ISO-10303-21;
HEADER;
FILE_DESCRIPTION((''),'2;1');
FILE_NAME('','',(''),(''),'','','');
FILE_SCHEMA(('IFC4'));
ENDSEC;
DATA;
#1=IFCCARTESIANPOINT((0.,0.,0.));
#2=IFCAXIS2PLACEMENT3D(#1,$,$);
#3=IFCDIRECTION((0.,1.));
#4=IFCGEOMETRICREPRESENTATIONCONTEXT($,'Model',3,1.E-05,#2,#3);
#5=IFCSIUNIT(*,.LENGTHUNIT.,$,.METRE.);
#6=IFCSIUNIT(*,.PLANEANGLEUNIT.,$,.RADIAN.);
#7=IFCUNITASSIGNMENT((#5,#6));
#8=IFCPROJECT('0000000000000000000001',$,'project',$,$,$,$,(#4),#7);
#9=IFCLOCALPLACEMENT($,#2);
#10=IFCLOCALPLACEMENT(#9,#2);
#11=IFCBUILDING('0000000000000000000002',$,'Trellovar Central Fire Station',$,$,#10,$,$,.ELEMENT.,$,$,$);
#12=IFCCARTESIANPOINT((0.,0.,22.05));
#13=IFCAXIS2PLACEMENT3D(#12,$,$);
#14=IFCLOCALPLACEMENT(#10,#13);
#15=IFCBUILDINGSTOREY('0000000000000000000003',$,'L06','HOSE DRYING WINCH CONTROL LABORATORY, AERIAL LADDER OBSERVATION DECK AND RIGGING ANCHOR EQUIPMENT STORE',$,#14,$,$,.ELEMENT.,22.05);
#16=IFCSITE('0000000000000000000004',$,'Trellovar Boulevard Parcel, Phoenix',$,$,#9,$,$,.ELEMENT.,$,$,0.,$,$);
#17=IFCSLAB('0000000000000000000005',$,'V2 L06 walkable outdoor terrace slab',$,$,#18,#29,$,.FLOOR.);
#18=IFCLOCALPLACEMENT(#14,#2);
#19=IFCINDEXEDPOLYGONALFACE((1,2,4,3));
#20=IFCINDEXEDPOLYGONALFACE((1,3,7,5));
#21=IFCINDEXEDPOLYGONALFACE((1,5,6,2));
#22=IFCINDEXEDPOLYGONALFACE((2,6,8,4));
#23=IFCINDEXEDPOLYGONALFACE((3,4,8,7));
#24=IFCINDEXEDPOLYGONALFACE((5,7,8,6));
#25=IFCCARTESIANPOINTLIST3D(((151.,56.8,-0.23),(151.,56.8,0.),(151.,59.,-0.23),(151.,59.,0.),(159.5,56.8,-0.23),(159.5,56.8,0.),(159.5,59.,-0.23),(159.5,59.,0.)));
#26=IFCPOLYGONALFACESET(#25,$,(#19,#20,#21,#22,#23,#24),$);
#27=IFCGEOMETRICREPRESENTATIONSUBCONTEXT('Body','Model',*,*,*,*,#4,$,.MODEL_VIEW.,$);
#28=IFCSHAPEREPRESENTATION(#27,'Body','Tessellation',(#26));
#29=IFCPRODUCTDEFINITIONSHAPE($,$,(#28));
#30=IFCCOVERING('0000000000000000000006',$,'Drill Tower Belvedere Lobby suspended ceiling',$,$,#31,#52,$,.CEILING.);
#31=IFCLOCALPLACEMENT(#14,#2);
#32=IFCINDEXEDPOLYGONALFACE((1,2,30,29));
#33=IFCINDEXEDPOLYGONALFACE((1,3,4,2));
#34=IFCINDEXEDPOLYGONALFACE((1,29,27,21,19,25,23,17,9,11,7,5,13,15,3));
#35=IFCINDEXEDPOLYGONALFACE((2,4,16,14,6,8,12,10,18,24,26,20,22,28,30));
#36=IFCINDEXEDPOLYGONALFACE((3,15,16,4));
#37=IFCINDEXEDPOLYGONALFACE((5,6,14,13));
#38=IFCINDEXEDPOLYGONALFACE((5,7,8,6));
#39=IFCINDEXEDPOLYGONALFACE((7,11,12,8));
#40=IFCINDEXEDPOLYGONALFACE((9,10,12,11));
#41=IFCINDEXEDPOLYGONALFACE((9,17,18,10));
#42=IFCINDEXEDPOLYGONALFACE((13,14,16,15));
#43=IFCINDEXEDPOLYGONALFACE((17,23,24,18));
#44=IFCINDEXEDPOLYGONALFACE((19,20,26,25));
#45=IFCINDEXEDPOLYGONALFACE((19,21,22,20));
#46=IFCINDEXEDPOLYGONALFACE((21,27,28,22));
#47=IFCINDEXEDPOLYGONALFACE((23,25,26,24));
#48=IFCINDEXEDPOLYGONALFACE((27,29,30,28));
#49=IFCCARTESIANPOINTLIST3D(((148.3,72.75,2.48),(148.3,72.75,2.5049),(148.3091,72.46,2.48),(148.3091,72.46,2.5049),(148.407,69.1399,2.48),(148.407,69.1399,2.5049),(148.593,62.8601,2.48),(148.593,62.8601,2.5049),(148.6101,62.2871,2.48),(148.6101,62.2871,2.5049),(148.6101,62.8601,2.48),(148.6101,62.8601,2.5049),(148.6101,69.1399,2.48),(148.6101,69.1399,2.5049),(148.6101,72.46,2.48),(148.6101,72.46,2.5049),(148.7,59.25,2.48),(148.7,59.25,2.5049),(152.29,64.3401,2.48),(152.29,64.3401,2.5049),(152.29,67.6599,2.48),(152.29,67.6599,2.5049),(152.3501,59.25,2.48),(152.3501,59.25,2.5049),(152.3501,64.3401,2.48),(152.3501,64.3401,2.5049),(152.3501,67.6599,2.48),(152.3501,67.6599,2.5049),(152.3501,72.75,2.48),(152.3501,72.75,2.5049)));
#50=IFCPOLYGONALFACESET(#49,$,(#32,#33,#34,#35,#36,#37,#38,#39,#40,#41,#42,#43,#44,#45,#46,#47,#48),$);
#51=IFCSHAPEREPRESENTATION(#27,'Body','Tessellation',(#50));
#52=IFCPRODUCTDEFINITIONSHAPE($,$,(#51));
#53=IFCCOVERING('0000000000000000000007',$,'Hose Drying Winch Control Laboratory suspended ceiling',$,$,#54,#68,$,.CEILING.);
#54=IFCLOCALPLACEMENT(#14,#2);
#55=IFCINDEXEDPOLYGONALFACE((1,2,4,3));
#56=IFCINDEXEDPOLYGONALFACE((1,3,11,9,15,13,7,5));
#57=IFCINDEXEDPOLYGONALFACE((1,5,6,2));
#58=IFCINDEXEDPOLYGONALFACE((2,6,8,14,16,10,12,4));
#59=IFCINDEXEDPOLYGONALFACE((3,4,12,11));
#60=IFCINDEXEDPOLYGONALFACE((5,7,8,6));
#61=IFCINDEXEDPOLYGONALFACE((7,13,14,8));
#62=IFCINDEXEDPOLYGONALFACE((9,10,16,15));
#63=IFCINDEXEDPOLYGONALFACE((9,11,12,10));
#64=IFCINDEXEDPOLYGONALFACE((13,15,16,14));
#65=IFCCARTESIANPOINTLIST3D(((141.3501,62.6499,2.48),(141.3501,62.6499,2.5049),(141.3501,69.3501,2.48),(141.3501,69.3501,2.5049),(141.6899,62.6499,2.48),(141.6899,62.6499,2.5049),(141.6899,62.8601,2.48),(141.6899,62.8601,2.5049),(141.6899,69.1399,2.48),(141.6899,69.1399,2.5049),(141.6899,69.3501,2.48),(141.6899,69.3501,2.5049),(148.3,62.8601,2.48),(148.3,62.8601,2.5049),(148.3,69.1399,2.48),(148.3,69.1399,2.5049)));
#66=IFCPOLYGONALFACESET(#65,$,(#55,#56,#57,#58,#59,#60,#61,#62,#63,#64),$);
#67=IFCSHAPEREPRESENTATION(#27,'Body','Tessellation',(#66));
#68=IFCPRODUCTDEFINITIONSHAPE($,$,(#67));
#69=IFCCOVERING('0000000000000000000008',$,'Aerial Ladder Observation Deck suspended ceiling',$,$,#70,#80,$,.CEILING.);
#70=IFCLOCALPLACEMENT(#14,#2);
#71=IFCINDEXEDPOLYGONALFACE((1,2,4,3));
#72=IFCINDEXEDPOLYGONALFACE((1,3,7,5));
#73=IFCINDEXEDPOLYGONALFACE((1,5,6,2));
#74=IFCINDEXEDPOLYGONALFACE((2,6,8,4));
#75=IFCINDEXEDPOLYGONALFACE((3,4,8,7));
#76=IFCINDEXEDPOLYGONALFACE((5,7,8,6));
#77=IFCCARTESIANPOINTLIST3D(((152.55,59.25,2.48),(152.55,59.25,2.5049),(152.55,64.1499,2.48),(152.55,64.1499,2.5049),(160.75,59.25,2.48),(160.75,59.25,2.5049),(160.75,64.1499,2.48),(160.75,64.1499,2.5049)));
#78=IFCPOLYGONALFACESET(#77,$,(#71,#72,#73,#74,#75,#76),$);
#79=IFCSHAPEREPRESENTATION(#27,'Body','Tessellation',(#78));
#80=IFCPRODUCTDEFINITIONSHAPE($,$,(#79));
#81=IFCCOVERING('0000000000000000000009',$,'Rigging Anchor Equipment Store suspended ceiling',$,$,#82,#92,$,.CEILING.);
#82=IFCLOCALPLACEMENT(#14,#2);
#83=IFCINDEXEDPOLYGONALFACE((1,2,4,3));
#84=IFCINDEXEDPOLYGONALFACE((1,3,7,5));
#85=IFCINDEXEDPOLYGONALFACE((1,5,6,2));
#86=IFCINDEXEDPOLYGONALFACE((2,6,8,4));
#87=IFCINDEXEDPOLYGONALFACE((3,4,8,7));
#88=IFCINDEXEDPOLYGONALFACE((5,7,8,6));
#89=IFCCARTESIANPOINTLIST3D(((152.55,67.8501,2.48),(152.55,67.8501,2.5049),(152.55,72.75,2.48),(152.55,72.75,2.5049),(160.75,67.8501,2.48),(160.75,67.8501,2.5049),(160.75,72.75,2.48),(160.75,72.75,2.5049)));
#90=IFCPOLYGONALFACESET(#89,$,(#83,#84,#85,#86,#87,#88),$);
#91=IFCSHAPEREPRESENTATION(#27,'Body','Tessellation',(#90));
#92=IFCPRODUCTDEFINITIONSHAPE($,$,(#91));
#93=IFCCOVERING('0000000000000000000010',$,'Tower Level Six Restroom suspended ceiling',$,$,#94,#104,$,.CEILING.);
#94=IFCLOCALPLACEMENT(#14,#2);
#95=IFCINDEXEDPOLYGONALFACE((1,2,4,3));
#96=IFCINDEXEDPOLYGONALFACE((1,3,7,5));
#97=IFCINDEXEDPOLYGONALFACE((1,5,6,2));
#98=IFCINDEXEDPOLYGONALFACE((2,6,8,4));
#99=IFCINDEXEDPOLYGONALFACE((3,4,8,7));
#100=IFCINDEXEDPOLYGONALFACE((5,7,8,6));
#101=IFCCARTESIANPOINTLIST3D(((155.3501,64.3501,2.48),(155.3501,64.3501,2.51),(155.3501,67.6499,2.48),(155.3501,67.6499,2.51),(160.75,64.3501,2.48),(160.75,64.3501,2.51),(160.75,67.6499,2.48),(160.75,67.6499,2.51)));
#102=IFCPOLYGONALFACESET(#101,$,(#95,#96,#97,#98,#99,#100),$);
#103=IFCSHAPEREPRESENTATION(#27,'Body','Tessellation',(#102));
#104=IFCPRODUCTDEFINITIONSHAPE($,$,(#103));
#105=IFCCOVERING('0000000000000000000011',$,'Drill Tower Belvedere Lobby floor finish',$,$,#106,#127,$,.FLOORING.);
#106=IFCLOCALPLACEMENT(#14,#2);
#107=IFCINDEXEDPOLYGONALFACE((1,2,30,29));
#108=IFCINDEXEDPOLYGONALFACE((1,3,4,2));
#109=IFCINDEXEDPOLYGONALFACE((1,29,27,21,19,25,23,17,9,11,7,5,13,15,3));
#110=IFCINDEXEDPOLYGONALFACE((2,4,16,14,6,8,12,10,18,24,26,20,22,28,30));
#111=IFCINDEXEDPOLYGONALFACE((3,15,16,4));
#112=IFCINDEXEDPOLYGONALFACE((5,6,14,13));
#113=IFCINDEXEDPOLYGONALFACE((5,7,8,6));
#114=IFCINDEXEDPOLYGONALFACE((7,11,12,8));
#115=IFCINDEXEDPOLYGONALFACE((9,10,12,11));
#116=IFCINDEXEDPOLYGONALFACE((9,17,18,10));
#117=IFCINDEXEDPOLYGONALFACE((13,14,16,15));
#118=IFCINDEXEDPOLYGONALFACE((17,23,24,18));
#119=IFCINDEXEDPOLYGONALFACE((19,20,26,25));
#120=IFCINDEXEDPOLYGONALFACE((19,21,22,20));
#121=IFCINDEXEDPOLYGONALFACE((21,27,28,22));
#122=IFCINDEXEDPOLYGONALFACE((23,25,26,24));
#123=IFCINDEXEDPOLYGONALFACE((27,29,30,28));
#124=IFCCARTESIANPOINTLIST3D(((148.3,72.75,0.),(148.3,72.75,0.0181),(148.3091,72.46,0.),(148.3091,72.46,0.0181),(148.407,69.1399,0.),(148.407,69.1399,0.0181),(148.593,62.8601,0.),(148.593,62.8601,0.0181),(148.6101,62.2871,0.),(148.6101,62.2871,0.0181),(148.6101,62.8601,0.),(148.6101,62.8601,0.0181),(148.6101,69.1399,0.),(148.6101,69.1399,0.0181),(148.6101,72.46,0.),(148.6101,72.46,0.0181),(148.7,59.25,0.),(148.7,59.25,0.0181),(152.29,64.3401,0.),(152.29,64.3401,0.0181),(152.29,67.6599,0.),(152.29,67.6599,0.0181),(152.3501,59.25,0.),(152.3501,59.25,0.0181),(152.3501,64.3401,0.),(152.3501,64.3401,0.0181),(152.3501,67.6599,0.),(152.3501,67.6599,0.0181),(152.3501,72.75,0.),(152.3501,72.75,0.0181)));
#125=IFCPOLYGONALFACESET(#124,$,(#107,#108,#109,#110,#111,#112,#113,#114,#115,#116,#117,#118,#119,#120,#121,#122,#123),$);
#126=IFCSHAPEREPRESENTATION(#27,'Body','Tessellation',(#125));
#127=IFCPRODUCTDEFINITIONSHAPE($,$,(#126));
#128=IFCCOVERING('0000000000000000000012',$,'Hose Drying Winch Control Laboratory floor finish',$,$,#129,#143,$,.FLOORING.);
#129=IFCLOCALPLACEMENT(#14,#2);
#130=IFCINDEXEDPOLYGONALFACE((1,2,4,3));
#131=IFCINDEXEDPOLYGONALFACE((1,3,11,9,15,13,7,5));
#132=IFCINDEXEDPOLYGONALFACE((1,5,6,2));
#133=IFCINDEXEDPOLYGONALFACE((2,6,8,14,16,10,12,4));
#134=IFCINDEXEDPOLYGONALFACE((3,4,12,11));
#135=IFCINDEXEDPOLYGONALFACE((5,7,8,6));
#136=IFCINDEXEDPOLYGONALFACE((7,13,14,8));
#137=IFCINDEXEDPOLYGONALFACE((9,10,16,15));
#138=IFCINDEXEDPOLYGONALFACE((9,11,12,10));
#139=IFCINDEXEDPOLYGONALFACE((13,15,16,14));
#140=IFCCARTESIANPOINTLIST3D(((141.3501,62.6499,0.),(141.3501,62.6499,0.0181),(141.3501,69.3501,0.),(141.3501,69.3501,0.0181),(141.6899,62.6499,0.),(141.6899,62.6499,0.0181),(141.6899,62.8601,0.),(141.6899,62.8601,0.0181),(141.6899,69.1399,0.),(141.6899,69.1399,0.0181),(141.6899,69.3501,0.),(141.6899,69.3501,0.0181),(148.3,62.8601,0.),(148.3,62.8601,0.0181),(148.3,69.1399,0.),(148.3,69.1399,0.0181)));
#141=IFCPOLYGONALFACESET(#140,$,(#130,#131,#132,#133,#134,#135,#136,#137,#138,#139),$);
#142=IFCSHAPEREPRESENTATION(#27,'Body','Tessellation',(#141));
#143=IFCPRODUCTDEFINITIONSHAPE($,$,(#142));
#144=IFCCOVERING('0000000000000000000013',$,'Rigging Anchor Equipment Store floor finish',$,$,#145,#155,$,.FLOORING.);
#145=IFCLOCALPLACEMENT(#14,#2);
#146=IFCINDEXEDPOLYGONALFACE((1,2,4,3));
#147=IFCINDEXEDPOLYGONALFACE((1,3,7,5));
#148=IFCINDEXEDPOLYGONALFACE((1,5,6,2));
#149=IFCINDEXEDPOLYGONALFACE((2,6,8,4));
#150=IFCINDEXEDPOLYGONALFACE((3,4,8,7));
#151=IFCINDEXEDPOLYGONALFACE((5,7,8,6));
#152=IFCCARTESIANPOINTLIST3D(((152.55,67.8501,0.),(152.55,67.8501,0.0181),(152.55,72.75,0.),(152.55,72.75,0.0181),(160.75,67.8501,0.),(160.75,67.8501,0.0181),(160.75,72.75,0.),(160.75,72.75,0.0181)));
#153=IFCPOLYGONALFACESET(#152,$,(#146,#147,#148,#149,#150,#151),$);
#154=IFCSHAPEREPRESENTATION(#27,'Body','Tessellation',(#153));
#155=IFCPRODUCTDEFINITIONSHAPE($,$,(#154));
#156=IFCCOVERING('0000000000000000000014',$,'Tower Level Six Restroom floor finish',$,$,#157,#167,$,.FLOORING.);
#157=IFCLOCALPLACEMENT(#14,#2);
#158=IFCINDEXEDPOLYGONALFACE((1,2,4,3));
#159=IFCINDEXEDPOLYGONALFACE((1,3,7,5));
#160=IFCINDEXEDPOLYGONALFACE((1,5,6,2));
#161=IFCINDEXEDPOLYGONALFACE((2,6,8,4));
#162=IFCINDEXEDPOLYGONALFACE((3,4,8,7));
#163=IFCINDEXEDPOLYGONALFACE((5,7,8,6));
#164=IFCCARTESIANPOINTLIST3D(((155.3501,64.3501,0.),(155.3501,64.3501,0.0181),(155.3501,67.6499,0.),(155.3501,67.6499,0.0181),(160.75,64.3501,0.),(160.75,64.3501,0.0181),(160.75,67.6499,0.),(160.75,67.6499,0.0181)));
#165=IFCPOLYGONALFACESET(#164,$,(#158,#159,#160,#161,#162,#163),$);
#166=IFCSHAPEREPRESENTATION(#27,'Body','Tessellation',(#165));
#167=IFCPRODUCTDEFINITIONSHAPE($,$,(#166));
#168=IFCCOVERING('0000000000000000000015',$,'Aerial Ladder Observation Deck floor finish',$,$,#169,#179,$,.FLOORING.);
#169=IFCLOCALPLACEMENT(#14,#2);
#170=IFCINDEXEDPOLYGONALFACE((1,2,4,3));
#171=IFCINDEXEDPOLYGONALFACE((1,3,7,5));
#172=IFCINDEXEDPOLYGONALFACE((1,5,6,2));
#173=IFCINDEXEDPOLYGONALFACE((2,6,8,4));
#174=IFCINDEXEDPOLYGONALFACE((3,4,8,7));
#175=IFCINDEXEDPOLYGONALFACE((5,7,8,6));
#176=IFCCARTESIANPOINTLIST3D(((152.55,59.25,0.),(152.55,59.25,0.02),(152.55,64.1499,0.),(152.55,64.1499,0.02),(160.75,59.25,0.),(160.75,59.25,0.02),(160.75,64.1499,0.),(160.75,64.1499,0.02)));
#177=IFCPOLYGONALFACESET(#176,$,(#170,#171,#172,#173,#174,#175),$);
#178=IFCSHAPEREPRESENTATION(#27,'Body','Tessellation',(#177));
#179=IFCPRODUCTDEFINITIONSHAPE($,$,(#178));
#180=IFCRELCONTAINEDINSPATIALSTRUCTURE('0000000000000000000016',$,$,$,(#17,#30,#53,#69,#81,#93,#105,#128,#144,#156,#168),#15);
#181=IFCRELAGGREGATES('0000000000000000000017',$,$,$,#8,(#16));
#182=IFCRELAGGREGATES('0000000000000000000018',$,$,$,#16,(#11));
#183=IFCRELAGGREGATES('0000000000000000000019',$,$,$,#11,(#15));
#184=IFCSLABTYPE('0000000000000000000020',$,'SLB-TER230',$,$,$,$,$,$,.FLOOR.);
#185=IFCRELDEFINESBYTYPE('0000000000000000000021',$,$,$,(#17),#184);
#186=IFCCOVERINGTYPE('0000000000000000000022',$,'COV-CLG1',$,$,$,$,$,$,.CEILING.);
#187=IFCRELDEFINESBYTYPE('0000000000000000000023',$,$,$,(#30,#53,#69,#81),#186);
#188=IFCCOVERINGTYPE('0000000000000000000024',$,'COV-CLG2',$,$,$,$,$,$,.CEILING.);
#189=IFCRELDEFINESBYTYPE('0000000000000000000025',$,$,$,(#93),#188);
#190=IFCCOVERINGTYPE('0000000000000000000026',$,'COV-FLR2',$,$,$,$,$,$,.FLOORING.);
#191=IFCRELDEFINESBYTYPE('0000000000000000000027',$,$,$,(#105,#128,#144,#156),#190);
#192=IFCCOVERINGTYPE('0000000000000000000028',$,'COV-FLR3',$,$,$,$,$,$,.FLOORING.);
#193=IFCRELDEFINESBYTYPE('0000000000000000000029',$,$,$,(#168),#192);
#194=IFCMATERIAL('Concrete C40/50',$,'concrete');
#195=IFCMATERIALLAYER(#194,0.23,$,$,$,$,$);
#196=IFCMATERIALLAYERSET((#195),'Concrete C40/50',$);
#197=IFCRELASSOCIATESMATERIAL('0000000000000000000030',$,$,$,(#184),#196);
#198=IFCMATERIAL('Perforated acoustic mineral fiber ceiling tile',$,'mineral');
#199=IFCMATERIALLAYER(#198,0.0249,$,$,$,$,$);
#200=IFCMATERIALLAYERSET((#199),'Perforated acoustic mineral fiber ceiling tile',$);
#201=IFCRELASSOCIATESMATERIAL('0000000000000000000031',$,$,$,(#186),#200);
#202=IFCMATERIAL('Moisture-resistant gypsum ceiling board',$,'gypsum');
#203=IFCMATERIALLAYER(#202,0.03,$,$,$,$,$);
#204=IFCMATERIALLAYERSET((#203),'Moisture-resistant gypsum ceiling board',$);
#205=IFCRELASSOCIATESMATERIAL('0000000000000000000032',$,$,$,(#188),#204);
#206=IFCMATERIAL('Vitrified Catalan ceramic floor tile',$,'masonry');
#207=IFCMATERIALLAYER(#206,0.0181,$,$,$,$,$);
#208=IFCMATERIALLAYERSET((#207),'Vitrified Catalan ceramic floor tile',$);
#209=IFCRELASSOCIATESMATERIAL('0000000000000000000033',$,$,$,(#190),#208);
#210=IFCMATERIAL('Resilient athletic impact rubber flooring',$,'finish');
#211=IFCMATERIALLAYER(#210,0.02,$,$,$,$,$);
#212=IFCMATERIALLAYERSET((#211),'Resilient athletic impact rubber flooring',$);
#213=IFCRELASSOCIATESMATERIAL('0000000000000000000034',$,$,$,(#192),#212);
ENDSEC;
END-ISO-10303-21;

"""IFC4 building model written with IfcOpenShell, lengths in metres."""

from ifc_helpers import new_model, si_unit, direction, frame, origin, place, context, subcontext, project, spatial, polyline, outline, extrude, material, layer, layer_set, type_object, element, save


model = new_model("IFC4")

# Units and contexts
model_context = context("Model", 3, precision=1e-05, world=origin(), true_north=direction((0.0, 1.0)))
body_context = subcontext(model_context, "Body", "Model", "MODEL_VIEW")
ifc_project = project(units=[si_unit("LENGTHUNIT", "METRE"), si_unit("PLANEANGLEUNIT", "RADIAN")], contexts=[model_context])

# Site, building, storey
site_placement = place(None, origin())
site = spatial("IfcSite", under=ifc_project, at=site_placement, Name="Trellovar Boulevard Parcel, Phoenix", CompositionType="ELEMENT", RefElevation=0.0)
building_placement = place(site_placement, origin())
building = spatial("IfcBuilding", under=site, at=building_placement, Name="Trellovar Central Fire Station", CompositionType="ELEMENT")
storey_placement = place(building_placement, frame((0.0, 0.0, 22.05)))
storey = spatial("IfcBuildingStorey", under=building, at=storey_placement, Name="L06", Description="HOSE DRYING WINCH CONTROL LABORATORY, AERIAL LADDER OBSERVATION DECK AND RIGGING ANCHOR EQUIPMENT STORE", CompositionType="ELEMENT", Elevation=22.05)

# Slab
ifc_material_1 = material(Name="Concrete C40/50", Category="concrete")
ifc_layer_1 = layer(ifc_material_1, 0.23)
ifc_layer_set_1 = layer_set([ifc_layer_1], Name="Concrete C40/50")
slab_type_1 = type_object("IfcSlabType", Name="SLB-TER230", PredefinedType="FLOOR", material=ifc_layer_set_1)
slab_1_placement = place(storey_placement, frame((0.0, 0.0, -0.23)))
element("IfcSlab", 1, at=slab_1_placement, inside=storey, type_object=slab_type_1, Name="V2 L06 walkable outdoor terrace slab", PredefinedType="FLOOR", context=body_context, shape_type="SweptSolid", body=[
    extrude(outline(polyline([(151.0, 56.8), (159.5, 56.8), (159.5, 59.0), (151.0, 59.0), (151.0, 56.8)])), origin(), (0.0, 0.0, 1.0), 0.23),
])

# Coverings
ifc_material_2 = material(Name="Perforated acoustic mineral fiber ceiling tile", Category="mineral")
ifc_layer_2 = layer(ifc_material_2, 0.0249)
ifc_layer_set_2 = layer_set([ifc_layer_2], Name="Perforated acoustic mineral fiber ceiling tile")
covering_type_1 = type_object("IfcCoveringType", Name="COV-CLG1", PredefinedType="CEILING", material=ifc_layer_set_2)
covering_1_placement = place(storey_placement, frame((0.0, 0.0, 2.48)))
element("IfcCovering", 2, at=covering_1_placement, inside=storey, type_object=covering_type_1, Name="Drill Tower Belvedere Lobby suspended ceiling", PredefinedType="CEILING", context=body_context, shape_type="SweptSolid", body=[
    extrude(outline(polyline([(152.3501, 67.6599), (152.29, 67.6599), (152.29, 64.3401), (152.3501, 64.3401), (152.3501, 59.25), (148.7, 59.25), (148.6101, 62.2871), (148.6101, 62.8601), (148.593, 62.8601), (148.407, 69.1399), (148.6101, 69.1399), (148.6101, 72.46), (148.3091, 72.46), (148.3, 72.75), (152.3501, 72.75), (152.3501, 67.6599)])), origin(), (0.0, 0.0, 1.0), 0.0249),
])
covering_2_placement = place(storey_placement, frame((0.0, 0.0, 2.48)))
element("IfcCovering", 3, at=covering_2_placement, inside=storey, type_object=covering_type_1, Name="Hose Drying Winch Control Laboratory suspended ceiling", PredefinedType="CEILING", context=body_context, shape_type="SweptSolid", body=[
    extrude(outline(polyline([(141.6899, 69.3501), (141.6899, 69.1399), (148.3, 69.1399), (148.3, 62.8601), (141.6899, 62.8601), (141.6899, 62.6499), (141.3501, 62.6499), (141.3501, 69.3501), (141.6899, 69.3501)])), origin(), (0.0, 0.0, 1.0), 0.0249),
])
covering_3_placement = place(storey_placement, frame((0.0, 0.0, 2.48)))
element("IfcCovering", 4, at=covering_3_placement, inside=storey, type_object=covering_type_1, Name="Aerial Ladder Observation Deck suspended ceiling", PredefinedType="CEILING", context=body_context, shape_type="SweptSolid", body=[
    extrude(outline(polyline([(160.75, 59.25), (152.55, 59.25), (152.55, 64.1499), (160.75, 64.1499), (160.75, 59.25)])), origin(), (0.0, 0.0, 1.0), 0.0249),
])
covering_4_placement = place(storey_placement, frame((0.0, 0.0, 2.48)))
element("IfcCovering", 5, at=covering_4_placement, inside=storey, type_object=covering_type_1, Name="Rigging Anchor Equipment Store suspended ceiling", PredefinedType="CEILING", context=body_context, shape_type="SweptSolid", body=[
    extrude(outline(polyline([(160.75, 67.8501), (152.55, 67.8501), (152.55, 72.75), (160.75, 72.75), (160.75, 67.8501)])), origin(), (0.0, 0.0, 1.0), 0.0249),
])
ifc_material_3 = material(Name="Moisture-resistant gypsum ceiling board", Category="gypsum")
ifc_layer_3 = layer(ifc_material_3, 0.03)
ifc_layer_set_3 = layer_set([ifc_layer_3], Name="Moisture-resistant gypsum ceiling board")
covering_type_2 = type_object("IfcCoveringType", Name="COV-CLG2", PredefinedType="CEILING", material=ifc_layer_set_3)
covering_5_placement = place(storey_placement, frame((0.0, 0.0, 2.48)))
element("IfcCovering", 6, at=covering_5_placement, inside=storey, type_object=covering_type_2, Name="Tower Level Six Restroom suspended ceiling", PredefinedType="CEILING", context=body_context, shape_type="SweptSolid", body=[
    extrude(outline(polyline([(160.75, 64.3501), (155.3501, 64.3501), (155.3501, 67.6499), (160.75, 67.6499), (160.75, 64.3501)])), origin(), (0.0, 0.0, 1.0), 0.03),
])
ifc_material_4 = material(Name="Vitrified Catalan ceramic floor tile", Category="masonry")
ifc_layer_4 = layer(ifc_material_4, 0.0181)
ifc_layer_set_4 = layer_set([ifc_layer_4], Name="Vitrified Catalan ceramic floor tile")
covering_type_3 = type_object("IfcCoveringType", Name="COV-FLR2", PredefinedType="FLOORING", material=ifc_layer_set_4)
covering_6_placement = place(storey_placement, origin())
element("IfcCovering", 7, at=covering_6_placement, inside=storey, type_object=covering_type_3, Name="Drill Tower Belvedere Lobby floor finish", PredefinedType="FLOORING", context=body_context, shape_type="SweptSolid", body=[
    extrude(outline(polyline([(152.3501, 67.6599), (152.29, 67.6599), (152.29, 64.3401), (152.3501, 64.3401), (152.3501, 59.25), (148.7, 59.25), (148.6101, 62.2871), (148.6101, 62.8601), (148.593, 62.8601), (148.407, 69.1399), (148.6101, 69.1399), (148.6101, 72.46), (148.3091, 72.46), (148.3, 72.75), (152.3501, 72.75), (152.3501, 67.6599)])), origin(), (0.0, 0.0, 1.0), 0.0181),
])
covering_7_placement = place(storey_placement, origin())
element("IfcCovering", 8, at=covering_7_placement, inside=storey, type_object=covering_type_3, Name="Hose Drying Winch Control Laboratory floor finish", PredefinedType="FLOORING", context=body_context, shape_type="SweptSolid", body=[
    extrude(outline(polyline([(141.6899, 69.3501), (141.6899, 69.1399), (148.3, 69.1399), (148.3, 62.8601), (141.6899, 62.8601), (141.6899, 62.6499), (141.3501, 62.6499), (141.3501, 69.3501), (141.6899, 69.3501)])), origin(), (0.0, 0.0, 1.0), 0.0181),
])
covering_8_placement = place(storey_placement, origin())
element("IfcCovering", 9, at=covering_8_placement, inside=storey, type_object=covering_type_3, Name="Rigging Anchor Equipment Store floor finish", PredefinedType="FLOORING", context=body_context, shape_type="SweptSolid", body=[
    extrude(outline(polyline([(160.75, 67.8501), (152.55, 67.8501), (152.55, 72.75), (160.75, 72.75), (160.75, 67.8501)])), origin(), (0.0, 0.0, 1.0), 0.0181),
])
covering_9_placement = place(storey_placement, origin())
element("IfcCovering", 10, at=covering_9_placement, inside=storey, type_object=covering_type_3, Name="Tower Level Six Restroom floor finish", PredefinedType="FLOORING", context=body_context, shape_type="SweptSolid", body=[
    extrude(outline(polyline([(160.75, 64.3501), (155.3501, 64.3501), (155.3501, 67.6499), (160.75, 67.6499), (160.75, 64.3501)])), origin(), (0.0, 0.0, 1.0), 0.0181),
])
ifc_material_5 = material(Name="Resilient athletic impact rubber flooring", Category="finish")
ifc_layer_5 = layer(ifc_material_5, 0.02)
ifc_layer_set_5 = layer_set([ifc_layer_5], Name="Resilient athletic impact rubber flooring")
covering_type_4 = type_object("IfcCoveringType", Name="COV-FLR3", PredefinedType="FLOORING", material=ifc_layer_set_5)
covering_10_placement = place(storey_placement, origin())
element("IfcCovering", 11, at=covering_10_placement, inside=storey, type_object=covering_type_4, Name="Aerial Ladder Observation Deck floor finish", PredefinedType="FLOORING", context=body_context, shape_type="SweptSolid", body=[
    extrude(outline(polyline([(160.75, 59.25), (152.55, 59.25), (152.55, 64.1499), (160.75, 64.1499), (160.75, 59.25)])), origin(), (0.0, 0.0, 1.0), 0.02),
])

save(model, "model.ifc")
